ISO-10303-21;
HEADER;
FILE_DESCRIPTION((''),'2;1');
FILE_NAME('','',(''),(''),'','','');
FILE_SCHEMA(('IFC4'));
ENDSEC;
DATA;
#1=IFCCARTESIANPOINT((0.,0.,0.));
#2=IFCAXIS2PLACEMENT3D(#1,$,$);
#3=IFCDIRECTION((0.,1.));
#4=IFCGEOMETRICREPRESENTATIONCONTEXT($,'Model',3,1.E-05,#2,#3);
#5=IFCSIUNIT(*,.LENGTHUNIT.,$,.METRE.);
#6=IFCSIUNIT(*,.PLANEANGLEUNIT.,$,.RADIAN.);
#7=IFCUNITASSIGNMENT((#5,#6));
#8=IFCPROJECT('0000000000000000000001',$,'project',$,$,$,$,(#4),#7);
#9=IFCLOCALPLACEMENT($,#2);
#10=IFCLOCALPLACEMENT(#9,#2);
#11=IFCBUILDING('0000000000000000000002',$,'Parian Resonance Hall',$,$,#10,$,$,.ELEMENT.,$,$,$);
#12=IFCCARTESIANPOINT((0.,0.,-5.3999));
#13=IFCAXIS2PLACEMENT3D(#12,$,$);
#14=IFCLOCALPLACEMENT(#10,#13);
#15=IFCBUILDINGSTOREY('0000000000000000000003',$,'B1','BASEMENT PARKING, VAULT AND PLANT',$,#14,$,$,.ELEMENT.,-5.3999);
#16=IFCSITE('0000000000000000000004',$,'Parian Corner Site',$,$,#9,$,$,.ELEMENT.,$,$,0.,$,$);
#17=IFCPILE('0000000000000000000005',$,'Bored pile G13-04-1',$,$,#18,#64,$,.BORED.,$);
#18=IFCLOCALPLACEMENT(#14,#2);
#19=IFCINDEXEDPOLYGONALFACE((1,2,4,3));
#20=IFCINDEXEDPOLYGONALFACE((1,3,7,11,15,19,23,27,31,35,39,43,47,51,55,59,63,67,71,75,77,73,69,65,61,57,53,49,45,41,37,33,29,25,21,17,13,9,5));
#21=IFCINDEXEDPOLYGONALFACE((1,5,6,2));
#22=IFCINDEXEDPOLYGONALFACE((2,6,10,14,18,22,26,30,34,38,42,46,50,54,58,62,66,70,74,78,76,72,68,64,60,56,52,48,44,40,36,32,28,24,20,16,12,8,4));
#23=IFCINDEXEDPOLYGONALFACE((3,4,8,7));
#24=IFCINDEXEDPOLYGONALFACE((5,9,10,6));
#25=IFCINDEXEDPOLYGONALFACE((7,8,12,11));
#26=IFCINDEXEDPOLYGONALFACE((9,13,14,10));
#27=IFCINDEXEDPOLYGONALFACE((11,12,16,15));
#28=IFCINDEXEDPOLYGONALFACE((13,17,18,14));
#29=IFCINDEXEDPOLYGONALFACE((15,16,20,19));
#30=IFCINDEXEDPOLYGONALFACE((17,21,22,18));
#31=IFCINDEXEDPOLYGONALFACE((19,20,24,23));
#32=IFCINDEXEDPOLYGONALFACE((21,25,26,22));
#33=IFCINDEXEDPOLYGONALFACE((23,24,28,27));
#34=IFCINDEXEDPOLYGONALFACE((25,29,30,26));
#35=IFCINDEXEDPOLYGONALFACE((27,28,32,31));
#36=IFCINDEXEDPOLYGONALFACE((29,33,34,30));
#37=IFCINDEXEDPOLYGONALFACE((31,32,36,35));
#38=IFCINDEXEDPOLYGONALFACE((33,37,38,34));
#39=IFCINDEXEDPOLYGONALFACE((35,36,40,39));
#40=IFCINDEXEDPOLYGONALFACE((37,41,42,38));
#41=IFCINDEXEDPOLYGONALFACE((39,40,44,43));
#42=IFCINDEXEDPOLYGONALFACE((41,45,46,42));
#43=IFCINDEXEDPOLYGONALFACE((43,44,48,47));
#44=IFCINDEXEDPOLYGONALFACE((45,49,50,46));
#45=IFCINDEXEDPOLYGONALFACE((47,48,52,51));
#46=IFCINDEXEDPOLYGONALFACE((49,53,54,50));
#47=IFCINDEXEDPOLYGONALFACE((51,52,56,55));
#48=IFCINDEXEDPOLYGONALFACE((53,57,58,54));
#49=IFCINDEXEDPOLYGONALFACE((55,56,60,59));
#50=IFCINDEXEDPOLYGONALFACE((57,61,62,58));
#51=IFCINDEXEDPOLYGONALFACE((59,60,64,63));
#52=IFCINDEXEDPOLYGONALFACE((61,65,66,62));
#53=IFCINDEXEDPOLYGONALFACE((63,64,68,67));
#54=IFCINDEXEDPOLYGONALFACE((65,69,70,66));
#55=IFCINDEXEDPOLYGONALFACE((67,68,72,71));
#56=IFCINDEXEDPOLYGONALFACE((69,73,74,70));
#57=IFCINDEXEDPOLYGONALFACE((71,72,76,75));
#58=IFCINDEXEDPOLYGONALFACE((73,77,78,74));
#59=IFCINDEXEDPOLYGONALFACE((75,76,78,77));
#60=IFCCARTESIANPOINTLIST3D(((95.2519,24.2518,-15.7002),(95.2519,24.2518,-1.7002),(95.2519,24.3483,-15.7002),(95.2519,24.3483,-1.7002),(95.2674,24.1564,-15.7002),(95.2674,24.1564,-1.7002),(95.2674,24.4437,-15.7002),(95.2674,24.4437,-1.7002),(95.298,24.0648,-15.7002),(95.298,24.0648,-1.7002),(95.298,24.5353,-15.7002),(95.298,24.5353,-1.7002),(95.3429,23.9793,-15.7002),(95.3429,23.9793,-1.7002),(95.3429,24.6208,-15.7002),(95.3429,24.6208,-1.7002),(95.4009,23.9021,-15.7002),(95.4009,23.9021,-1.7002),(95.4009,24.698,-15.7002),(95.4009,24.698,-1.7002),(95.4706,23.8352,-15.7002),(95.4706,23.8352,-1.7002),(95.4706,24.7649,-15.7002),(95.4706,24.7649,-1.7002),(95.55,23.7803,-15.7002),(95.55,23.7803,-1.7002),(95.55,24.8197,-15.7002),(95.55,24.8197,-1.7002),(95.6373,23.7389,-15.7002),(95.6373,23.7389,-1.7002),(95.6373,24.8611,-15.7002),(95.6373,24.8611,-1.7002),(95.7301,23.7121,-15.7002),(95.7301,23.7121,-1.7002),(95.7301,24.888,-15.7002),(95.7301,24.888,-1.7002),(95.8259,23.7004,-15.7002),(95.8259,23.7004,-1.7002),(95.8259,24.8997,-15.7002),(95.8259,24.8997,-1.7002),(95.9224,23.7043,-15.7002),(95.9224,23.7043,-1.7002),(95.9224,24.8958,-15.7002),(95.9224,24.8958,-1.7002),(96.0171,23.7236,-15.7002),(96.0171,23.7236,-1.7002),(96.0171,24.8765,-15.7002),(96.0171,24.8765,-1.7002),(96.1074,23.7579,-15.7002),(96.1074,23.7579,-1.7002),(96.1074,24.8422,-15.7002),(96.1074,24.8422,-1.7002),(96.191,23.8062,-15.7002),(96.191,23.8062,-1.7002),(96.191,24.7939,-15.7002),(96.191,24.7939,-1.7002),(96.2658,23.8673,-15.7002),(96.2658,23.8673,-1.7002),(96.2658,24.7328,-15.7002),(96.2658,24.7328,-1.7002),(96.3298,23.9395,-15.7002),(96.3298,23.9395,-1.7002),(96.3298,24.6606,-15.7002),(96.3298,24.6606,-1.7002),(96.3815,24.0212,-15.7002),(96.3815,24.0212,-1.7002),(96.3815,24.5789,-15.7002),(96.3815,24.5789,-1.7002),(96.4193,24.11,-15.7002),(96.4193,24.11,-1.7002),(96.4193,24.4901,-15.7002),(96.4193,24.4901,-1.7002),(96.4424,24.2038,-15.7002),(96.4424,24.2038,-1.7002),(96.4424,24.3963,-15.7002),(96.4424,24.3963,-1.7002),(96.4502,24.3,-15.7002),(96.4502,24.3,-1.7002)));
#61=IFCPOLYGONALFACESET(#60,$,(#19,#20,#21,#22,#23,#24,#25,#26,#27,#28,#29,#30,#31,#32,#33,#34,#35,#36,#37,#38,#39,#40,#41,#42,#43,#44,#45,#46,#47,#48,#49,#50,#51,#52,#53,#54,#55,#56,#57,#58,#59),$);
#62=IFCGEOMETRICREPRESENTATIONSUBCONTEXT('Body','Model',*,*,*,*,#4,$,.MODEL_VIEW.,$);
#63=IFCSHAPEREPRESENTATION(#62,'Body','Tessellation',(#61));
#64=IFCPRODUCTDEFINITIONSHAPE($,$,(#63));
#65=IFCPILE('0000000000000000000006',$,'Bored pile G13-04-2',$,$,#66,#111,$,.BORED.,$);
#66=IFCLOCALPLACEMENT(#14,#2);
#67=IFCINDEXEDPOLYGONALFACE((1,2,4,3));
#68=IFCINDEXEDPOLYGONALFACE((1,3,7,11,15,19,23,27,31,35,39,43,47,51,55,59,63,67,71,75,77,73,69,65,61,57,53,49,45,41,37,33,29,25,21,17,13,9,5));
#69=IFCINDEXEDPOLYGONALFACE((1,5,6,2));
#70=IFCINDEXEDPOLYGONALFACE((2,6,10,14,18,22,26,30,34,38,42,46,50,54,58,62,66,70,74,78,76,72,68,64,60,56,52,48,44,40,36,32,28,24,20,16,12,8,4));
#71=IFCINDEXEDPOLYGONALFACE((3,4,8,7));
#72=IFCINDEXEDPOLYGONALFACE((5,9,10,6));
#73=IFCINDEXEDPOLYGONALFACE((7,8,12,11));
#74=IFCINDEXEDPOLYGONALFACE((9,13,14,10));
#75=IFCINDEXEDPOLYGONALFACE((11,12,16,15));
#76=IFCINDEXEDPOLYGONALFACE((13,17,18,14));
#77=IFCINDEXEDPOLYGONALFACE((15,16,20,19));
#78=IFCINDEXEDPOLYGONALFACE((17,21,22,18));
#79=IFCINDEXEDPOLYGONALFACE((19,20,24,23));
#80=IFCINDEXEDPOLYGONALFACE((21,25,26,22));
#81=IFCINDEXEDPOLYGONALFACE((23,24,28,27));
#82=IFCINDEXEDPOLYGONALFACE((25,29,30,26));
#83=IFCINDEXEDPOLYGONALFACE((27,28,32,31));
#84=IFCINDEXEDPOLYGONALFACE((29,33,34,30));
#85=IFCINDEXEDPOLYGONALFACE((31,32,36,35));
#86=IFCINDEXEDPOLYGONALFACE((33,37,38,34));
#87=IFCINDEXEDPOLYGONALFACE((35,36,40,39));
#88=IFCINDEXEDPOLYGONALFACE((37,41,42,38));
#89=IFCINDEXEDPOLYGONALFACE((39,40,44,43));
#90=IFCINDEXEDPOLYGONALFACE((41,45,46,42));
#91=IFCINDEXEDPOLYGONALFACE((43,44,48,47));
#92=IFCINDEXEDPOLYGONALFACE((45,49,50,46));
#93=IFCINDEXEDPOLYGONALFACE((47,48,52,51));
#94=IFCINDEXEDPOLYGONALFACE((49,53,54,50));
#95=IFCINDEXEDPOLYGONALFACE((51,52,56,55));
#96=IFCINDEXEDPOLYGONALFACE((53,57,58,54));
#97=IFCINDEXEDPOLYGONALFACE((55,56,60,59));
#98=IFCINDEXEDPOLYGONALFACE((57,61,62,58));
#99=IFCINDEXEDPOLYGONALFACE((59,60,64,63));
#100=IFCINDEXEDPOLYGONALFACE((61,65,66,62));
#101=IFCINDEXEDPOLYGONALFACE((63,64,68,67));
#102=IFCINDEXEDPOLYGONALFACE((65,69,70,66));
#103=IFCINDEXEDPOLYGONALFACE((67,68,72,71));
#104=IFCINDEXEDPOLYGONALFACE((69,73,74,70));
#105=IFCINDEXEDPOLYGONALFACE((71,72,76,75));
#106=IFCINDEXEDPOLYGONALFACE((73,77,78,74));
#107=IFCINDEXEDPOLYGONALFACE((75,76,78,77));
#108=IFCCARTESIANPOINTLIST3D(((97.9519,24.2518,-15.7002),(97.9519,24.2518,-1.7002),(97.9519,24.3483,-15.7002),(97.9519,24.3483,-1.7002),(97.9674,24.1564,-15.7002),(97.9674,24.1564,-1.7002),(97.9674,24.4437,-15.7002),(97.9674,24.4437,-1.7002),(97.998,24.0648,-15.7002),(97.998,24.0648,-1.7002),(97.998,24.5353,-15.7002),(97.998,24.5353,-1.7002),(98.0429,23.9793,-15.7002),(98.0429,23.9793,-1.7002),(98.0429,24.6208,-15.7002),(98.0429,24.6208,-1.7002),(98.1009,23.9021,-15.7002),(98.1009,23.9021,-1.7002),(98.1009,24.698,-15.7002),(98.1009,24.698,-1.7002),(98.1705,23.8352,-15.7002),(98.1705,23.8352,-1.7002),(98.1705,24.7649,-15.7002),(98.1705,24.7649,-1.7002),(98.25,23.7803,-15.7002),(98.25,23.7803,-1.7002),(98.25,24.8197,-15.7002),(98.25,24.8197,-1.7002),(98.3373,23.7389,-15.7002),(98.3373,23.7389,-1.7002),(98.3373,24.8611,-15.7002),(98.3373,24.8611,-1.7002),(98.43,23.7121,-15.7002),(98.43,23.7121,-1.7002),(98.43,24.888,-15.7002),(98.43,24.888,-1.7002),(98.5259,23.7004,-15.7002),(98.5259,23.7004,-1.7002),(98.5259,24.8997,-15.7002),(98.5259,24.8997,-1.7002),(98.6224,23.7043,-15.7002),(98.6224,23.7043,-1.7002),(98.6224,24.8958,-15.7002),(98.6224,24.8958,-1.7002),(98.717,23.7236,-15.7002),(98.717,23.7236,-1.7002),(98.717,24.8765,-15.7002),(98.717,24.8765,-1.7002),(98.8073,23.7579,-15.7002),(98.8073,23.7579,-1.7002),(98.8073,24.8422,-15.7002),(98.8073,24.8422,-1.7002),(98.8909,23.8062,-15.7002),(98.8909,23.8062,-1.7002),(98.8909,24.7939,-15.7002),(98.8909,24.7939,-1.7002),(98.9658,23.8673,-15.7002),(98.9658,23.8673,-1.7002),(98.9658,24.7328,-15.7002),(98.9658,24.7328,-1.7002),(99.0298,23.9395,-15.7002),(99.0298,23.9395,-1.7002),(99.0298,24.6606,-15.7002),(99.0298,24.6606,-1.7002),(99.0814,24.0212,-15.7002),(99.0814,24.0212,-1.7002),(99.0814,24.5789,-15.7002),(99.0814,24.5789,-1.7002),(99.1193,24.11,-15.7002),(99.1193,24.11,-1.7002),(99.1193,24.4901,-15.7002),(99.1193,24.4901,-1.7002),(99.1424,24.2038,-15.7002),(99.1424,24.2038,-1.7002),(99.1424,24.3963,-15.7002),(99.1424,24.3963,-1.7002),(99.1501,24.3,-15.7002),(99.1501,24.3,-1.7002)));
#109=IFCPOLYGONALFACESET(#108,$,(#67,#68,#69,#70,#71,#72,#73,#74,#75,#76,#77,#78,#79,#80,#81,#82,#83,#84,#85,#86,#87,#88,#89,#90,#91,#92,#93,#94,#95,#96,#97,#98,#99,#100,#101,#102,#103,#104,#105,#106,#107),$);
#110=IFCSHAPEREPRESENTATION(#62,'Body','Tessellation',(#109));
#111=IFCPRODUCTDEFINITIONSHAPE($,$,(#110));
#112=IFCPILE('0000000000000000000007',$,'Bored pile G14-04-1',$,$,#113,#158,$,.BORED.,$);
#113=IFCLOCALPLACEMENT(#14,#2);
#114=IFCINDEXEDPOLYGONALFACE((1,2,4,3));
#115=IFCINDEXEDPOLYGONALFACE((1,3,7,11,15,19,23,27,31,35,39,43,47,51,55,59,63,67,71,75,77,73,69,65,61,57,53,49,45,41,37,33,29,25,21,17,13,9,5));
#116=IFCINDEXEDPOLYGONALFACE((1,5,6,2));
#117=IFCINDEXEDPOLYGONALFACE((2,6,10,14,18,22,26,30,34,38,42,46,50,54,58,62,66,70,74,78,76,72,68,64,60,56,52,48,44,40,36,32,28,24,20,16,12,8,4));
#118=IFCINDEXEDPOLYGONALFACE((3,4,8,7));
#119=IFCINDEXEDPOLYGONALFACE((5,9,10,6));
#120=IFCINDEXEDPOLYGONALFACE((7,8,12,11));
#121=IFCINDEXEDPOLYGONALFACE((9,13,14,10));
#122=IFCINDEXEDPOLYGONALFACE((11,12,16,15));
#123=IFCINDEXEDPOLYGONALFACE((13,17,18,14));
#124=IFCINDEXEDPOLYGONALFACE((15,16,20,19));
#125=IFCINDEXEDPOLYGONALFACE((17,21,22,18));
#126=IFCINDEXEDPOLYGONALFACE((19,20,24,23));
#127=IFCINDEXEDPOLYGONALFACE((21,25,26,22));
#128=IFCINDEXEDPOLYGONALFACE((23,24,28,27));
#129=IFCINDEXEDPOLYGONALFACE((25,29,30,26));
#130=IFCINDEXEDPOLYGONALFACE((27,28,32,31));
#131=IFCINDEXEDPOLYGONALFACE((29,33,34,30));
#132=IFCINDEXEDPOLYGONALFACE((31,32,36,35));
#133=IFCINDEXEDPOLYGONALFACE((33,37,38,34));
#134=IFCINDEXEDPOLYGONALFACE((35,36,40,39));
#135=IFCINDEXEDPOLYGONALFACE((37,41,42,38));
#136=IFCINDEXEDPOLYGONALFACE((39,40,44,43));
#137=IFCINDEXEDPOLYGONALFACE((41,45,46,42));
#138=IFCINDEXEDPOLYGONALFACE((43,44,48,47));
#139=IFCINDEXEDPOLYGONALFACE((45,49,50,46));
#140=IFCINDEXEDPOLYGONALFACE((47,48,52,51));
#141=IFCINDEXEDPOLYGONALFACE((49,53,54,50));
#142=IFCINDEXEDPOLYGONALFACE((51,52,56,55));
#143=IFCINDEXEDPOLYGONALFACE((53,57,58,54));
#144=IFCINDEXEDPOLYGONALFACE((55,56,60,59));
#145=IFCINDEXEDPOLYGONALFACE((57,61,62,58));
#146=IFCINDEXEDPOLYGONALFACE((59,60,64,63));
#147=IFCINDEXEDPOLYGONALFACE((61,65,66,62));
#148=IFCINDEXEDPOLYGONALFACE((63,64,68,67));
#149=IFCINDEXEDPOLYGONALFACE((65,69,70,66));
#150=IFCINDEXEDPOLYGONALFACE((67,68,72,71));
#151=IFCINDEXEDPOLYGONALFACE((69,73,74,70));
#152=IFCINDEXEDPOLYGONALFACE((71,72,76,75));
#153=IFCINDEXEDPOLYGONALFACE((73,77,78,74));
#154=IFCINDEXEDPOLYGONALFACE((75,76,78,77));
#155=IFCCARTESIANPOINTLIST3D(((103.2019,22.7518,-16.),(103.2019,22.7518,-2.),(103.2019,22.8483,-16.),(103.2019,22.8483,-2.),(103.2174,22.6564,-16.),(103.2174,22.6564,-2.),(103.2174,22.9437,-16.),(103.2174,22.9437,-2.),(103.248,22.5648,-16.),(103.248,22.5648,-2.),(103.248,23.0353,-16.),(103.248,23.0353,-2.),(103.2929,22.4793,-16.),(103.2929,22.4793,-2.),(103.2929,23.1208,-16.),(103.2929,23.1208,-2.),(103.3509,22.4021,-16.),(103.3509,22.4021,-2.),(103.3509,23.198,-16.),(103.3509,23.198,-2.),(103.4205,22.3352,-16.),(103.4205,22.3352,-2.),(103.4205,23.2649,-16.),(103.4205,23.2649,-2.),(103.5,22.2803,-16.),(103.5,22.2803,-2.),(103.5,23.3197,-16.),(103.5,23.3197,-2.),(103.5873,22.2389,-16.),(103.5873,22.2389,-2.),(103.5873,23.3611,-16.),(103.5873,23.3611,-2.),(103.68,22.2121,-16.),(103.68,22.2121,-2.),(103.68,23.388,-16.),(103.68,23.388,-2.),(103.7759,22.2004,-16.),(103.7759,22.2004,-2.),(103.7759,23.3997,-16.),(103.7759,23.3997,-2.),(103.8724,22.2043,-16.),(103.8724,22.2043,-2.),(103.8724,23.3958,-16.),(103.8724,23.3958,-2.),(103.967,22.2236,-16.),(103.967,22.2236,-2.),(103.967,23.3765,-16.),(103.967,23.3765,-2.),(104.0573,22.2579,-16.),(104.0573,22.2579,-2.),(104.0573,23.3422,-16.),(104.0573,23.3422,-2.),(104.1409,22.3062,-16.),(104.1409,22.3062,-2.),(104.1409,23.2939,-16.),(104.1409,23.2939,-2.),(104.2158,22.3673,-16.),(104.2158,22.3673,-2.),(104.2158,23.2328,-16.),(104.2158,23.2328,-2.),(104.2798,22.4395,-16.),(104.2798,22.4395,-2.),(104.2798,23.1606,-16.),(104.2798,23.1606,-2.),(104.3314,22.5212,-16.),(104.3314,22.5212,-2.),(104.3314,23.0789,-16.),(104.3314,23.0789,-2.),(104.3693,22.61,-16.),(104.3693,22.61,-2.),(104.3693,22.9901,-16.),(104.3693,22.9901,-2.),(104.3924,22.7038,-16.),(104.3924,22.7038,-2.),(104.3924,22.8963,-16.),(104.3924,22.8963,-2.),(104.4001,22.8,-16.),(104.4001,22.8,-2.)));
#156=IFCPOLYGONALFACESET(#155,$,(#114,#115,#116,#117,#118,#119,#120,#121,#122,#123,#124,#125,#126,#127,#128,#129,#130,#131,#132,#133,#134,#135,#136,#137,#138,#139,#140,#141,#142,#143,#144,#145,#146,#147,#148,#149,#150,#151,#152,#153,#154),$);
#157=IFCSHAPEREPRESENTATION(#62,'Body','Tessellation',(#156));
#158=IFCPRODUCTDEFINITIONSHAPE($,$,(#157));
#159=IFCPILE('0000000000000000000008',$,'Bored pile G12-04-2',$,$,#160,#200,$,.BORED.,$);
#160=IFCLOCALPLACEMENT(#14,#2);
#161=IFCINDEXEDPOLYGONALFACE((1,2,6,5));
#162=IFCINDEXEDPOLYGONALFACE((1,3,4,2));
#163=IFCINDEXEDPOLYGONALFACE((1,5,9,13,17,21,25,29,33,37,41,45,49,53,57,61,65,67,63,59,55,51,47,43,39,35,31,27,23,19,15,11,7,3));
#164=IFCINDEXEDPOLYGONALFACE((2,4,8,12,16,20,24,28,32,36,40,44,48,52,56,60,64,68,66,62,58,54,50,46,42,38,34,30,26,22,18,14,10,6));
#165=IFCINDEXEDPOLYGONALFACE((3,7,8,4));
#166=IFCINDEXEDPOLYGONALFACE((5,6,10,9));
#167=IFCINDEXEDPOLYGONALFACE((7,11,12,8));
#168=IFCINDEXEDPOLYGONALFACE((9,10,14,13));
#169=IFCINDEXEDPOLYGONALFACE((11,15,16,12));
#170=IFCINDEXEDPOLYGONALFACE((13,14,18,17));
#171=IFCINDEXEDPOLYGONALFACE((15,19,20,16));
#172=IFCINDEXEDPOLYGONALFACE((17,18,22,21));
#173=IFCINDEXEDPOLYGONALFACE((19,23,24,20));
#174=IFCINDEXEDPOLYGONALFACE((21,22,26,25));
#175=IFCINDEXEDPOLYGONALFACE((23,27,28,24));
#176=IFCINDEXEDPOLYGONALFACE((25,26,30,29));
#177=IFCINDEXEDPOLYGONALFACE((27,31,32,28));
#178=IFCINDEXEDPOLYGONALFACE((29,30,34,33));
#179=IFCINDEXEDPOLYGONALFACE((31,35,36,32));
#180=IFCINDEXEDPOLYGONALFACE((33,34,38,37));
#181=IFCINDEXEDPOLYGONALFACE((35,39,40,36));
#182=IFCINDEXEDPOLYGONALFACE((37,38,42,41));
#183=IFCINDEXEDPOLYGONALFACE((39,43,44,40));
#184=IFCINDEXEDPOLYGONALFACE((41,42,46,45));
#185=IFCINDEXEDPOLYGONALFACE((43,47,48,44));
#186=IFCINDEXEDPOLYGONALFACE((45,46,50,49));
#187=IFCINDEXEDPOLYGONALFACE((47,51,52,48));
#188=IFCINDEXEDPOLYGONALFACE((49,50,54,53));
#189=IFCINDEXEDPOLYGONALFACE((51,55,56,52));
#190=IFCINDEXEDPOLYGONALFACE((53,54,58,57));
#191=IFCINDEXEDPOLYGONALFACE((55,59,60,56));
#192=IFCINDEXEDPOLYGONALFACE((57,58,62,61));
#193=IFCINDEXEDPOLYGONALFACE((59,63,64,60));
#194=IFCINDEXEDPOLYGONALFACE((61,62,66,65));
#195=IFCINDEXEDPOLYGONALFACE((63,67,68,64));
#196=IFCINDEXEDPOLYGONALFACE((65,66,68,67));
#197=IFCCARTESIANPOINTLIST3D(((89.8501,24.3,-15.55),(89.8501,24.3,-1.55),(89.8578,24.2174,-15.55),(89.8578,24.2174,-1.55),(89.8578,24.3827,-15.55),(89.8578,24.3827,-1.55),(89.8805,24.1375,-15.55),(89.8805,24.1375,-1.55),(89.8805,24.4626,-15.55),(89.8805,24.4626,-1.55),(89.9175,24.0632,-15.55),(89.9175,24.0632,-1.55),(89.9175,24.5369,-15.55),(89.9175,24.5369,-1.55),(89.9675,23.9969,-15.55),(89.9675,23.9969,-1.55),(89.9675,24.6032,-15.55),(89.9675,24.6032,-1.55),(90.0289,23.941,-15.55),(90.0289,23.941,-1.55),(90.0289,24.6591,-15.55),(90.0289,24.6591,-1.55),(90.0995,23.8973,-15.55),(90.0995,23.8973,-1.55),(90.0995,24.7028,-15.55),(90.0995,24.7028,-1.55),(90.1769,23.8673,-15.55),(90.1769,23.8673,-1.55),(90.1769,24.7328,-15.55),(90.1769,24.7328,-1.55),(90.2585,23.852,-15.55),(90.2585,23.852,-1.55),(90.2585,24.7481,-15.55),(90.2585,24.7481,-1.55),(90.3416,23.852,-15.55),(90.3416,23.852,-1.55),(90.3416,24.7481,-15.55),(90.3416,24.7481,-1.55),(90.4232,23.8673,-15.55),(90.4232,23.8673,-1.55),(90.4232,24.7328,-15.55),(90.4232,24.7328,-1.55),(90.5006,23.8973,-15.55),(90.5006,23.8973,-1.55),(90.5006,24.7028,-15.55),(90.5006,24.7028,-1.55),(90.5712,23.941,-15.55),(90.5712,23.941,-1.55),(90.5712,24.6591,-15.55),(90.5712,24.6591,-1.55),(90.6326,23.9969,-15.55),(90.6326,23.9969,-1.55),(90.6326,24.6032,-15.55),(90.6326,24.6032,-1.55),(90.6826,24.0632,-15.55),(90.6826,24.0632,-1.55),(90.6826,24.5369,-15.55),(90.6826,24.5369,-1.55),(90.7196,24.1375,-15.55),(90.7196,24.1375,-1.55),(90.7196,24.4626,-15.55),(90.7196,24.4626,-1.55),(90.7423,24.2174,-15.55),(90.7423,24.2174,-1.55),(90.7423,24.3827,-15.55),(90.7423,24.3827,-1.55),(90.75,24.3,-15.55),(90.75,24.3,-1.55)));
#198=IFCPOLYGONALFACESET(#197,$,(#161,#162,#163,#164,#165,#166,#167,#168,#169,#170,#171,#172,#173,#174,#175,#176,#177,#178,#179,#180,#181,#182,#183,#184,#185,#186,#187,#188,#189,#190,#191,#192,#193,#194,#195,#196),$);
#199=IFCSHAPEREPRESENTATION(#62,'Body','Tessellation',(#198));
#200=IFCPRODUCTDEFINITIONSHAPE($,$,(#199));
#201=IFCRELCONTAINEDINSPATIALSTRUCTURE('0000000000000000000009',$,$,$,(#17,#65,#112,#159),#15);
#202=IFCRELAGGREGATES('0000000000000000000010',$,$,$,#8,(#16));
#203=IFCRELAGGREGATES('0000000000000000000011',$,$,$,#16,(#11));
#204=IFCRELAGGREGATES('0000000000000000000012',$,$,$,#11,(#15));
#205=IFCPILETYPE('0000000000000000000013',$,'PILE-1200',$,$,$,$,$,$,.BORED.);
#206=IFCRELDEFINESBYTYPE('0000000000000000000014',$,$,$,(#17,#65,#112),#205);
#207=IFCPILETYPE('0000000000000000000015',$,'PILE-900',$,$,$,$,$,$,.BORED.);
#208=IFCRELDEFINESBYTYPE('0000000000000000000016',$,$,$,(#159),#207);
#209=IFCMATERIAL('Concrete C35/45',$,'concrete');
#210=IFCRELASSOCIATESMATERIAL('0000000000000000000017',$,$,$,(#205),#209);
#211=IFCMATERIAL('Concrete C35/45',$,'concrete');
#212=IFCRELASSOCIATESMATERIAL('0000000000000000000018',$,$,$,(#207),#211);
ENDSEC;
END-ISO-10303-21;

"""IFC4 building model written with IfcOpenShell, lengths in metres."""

from ifc_helpers import new_model, si_unit, direction, frame, origin, origin_2d, place, context, subcontext, project, spatial, circle, extrude, material, material_profile, profile_set, type_object, element, save


model = new_model("IFC4")

# Units and contexts
model_context = context("Model", 3, precision=1e-05, world=origin(), true_north=direction((0.0, 1.0)))
body_context = subcontext(model_context, "Body", "Model", "MODEL_VIEW")
ifc_project = project(units=[si_unit("LENGTHUNIT", "METRE"), si_unit("PLANEANGLEUNIT", "RADIAN")], contexts=[model_context])

# Site, building, storey
site_placement = place(None, origin())
site = spatial("IfcSite", under=ifc_project, at=site_placement, Name="Parian Corner Site", CompositionType="ELEMENT", RefElevation=0.0)
building_placement = place(site_placement, origin())
building = spatial("IfcBuilding", under=site, at=building_placement, Name="Parian Resonance Hall", CompositionType="ELEMENT")
storey_placement = place(building_placement, frame((0.0, 0.0, -5.3999)))
storey = spatial("IfcBuildingStorey", under=building, at=storey_placement, Name="B1", Description="BASEMENT PARKING, VAULT AND PLANT", CompositionType="ELEMENT", Elevation=-5.3999)

# Piles
ifc_material_1 = material(Name="Concrete C35/45", Category="concrete")
ifc_material_profile_1 = material_profile(ifc_material_1, circle(Radius=0.6001, at=origin_2d()), Name="PILE-D1200")
ifc_profile_set_1 = profile_set([ifc_material_profile_1], Name="Concrete C35/45")
pile_type_1 = type_object("IfcPileType", Name="PILE-1200", PredefinedType="BORED", material=ifc_profile_set_1)
for number, where, z_axis, x_axis, name in (
    (1, (95.8501, 24.3, -1.7002), (0.0, 0.0, -1.0), (1.0, 0.0, 0.0), "Bored pile G13-04-1"),
    (2, (98.55, 24.3, -1.7002), (0.0, 0.0, -1.0), (1.0, 0.0, 0.0), "Bored pile G13-04-2"),
    (3, (103.8, 22.8, -2.0), (0.0, 0.0, -1.0), (1.0, 0.0, 0.0), "Bored pile G14-04-1"),
):
    element("IfcPile", number, at=place(storey_placement, frame(where, z_axis=z_axis, x_axis=x_axis)), inside=storey, type_object=pile_type_1, Name=name, PredefinedType="BORED", context=body_context, shape_type="SweptSolid", body=[
        extrude(circle(Radius=0.6001, at=origin_2d()), origin(), (0.0, 0.0, 1.0), 14.0),
    ])
ifc_material_2 = material(Name="Concrete C35/45", Category="concrete")
ifc_material_profile_2 = material_profile(ifc_material_2, circle(Radius=0.45, at=origin_2d()), Name="PILE-D900")
ifc_profile_set_2 = profile_set([ifc_material_profile_2], Name="Concrete C35/45")
pile_type_2 = type_object("IfcPileType", Name="PILE-900", PredefinedType="BORED", material=ifc_profile_set_2)
for number, where, z_axis, x_axis, name in (
    (4, (90.3, 24.3, -1.55), (0.0, 0.0, -1.0), (1.0, 0.0, 0.0), "Bored pile G12-04-2"),
):
    element("IfcPile", number, at=place(storey_placement, frame(where, z_axis=z_axis, x_axis=x_axis)), inside=storey, type_object=pile_type_2, Name=name, PredefinedType="BORED", context=body_context, shape_type="SweptSolid", body=[
        extrude(circle(Radius=0.45, at=origin_2d()), origin(), (0.0, 0.0, 1.0), 14.0),
    ])

save(model, "model.ifc")
